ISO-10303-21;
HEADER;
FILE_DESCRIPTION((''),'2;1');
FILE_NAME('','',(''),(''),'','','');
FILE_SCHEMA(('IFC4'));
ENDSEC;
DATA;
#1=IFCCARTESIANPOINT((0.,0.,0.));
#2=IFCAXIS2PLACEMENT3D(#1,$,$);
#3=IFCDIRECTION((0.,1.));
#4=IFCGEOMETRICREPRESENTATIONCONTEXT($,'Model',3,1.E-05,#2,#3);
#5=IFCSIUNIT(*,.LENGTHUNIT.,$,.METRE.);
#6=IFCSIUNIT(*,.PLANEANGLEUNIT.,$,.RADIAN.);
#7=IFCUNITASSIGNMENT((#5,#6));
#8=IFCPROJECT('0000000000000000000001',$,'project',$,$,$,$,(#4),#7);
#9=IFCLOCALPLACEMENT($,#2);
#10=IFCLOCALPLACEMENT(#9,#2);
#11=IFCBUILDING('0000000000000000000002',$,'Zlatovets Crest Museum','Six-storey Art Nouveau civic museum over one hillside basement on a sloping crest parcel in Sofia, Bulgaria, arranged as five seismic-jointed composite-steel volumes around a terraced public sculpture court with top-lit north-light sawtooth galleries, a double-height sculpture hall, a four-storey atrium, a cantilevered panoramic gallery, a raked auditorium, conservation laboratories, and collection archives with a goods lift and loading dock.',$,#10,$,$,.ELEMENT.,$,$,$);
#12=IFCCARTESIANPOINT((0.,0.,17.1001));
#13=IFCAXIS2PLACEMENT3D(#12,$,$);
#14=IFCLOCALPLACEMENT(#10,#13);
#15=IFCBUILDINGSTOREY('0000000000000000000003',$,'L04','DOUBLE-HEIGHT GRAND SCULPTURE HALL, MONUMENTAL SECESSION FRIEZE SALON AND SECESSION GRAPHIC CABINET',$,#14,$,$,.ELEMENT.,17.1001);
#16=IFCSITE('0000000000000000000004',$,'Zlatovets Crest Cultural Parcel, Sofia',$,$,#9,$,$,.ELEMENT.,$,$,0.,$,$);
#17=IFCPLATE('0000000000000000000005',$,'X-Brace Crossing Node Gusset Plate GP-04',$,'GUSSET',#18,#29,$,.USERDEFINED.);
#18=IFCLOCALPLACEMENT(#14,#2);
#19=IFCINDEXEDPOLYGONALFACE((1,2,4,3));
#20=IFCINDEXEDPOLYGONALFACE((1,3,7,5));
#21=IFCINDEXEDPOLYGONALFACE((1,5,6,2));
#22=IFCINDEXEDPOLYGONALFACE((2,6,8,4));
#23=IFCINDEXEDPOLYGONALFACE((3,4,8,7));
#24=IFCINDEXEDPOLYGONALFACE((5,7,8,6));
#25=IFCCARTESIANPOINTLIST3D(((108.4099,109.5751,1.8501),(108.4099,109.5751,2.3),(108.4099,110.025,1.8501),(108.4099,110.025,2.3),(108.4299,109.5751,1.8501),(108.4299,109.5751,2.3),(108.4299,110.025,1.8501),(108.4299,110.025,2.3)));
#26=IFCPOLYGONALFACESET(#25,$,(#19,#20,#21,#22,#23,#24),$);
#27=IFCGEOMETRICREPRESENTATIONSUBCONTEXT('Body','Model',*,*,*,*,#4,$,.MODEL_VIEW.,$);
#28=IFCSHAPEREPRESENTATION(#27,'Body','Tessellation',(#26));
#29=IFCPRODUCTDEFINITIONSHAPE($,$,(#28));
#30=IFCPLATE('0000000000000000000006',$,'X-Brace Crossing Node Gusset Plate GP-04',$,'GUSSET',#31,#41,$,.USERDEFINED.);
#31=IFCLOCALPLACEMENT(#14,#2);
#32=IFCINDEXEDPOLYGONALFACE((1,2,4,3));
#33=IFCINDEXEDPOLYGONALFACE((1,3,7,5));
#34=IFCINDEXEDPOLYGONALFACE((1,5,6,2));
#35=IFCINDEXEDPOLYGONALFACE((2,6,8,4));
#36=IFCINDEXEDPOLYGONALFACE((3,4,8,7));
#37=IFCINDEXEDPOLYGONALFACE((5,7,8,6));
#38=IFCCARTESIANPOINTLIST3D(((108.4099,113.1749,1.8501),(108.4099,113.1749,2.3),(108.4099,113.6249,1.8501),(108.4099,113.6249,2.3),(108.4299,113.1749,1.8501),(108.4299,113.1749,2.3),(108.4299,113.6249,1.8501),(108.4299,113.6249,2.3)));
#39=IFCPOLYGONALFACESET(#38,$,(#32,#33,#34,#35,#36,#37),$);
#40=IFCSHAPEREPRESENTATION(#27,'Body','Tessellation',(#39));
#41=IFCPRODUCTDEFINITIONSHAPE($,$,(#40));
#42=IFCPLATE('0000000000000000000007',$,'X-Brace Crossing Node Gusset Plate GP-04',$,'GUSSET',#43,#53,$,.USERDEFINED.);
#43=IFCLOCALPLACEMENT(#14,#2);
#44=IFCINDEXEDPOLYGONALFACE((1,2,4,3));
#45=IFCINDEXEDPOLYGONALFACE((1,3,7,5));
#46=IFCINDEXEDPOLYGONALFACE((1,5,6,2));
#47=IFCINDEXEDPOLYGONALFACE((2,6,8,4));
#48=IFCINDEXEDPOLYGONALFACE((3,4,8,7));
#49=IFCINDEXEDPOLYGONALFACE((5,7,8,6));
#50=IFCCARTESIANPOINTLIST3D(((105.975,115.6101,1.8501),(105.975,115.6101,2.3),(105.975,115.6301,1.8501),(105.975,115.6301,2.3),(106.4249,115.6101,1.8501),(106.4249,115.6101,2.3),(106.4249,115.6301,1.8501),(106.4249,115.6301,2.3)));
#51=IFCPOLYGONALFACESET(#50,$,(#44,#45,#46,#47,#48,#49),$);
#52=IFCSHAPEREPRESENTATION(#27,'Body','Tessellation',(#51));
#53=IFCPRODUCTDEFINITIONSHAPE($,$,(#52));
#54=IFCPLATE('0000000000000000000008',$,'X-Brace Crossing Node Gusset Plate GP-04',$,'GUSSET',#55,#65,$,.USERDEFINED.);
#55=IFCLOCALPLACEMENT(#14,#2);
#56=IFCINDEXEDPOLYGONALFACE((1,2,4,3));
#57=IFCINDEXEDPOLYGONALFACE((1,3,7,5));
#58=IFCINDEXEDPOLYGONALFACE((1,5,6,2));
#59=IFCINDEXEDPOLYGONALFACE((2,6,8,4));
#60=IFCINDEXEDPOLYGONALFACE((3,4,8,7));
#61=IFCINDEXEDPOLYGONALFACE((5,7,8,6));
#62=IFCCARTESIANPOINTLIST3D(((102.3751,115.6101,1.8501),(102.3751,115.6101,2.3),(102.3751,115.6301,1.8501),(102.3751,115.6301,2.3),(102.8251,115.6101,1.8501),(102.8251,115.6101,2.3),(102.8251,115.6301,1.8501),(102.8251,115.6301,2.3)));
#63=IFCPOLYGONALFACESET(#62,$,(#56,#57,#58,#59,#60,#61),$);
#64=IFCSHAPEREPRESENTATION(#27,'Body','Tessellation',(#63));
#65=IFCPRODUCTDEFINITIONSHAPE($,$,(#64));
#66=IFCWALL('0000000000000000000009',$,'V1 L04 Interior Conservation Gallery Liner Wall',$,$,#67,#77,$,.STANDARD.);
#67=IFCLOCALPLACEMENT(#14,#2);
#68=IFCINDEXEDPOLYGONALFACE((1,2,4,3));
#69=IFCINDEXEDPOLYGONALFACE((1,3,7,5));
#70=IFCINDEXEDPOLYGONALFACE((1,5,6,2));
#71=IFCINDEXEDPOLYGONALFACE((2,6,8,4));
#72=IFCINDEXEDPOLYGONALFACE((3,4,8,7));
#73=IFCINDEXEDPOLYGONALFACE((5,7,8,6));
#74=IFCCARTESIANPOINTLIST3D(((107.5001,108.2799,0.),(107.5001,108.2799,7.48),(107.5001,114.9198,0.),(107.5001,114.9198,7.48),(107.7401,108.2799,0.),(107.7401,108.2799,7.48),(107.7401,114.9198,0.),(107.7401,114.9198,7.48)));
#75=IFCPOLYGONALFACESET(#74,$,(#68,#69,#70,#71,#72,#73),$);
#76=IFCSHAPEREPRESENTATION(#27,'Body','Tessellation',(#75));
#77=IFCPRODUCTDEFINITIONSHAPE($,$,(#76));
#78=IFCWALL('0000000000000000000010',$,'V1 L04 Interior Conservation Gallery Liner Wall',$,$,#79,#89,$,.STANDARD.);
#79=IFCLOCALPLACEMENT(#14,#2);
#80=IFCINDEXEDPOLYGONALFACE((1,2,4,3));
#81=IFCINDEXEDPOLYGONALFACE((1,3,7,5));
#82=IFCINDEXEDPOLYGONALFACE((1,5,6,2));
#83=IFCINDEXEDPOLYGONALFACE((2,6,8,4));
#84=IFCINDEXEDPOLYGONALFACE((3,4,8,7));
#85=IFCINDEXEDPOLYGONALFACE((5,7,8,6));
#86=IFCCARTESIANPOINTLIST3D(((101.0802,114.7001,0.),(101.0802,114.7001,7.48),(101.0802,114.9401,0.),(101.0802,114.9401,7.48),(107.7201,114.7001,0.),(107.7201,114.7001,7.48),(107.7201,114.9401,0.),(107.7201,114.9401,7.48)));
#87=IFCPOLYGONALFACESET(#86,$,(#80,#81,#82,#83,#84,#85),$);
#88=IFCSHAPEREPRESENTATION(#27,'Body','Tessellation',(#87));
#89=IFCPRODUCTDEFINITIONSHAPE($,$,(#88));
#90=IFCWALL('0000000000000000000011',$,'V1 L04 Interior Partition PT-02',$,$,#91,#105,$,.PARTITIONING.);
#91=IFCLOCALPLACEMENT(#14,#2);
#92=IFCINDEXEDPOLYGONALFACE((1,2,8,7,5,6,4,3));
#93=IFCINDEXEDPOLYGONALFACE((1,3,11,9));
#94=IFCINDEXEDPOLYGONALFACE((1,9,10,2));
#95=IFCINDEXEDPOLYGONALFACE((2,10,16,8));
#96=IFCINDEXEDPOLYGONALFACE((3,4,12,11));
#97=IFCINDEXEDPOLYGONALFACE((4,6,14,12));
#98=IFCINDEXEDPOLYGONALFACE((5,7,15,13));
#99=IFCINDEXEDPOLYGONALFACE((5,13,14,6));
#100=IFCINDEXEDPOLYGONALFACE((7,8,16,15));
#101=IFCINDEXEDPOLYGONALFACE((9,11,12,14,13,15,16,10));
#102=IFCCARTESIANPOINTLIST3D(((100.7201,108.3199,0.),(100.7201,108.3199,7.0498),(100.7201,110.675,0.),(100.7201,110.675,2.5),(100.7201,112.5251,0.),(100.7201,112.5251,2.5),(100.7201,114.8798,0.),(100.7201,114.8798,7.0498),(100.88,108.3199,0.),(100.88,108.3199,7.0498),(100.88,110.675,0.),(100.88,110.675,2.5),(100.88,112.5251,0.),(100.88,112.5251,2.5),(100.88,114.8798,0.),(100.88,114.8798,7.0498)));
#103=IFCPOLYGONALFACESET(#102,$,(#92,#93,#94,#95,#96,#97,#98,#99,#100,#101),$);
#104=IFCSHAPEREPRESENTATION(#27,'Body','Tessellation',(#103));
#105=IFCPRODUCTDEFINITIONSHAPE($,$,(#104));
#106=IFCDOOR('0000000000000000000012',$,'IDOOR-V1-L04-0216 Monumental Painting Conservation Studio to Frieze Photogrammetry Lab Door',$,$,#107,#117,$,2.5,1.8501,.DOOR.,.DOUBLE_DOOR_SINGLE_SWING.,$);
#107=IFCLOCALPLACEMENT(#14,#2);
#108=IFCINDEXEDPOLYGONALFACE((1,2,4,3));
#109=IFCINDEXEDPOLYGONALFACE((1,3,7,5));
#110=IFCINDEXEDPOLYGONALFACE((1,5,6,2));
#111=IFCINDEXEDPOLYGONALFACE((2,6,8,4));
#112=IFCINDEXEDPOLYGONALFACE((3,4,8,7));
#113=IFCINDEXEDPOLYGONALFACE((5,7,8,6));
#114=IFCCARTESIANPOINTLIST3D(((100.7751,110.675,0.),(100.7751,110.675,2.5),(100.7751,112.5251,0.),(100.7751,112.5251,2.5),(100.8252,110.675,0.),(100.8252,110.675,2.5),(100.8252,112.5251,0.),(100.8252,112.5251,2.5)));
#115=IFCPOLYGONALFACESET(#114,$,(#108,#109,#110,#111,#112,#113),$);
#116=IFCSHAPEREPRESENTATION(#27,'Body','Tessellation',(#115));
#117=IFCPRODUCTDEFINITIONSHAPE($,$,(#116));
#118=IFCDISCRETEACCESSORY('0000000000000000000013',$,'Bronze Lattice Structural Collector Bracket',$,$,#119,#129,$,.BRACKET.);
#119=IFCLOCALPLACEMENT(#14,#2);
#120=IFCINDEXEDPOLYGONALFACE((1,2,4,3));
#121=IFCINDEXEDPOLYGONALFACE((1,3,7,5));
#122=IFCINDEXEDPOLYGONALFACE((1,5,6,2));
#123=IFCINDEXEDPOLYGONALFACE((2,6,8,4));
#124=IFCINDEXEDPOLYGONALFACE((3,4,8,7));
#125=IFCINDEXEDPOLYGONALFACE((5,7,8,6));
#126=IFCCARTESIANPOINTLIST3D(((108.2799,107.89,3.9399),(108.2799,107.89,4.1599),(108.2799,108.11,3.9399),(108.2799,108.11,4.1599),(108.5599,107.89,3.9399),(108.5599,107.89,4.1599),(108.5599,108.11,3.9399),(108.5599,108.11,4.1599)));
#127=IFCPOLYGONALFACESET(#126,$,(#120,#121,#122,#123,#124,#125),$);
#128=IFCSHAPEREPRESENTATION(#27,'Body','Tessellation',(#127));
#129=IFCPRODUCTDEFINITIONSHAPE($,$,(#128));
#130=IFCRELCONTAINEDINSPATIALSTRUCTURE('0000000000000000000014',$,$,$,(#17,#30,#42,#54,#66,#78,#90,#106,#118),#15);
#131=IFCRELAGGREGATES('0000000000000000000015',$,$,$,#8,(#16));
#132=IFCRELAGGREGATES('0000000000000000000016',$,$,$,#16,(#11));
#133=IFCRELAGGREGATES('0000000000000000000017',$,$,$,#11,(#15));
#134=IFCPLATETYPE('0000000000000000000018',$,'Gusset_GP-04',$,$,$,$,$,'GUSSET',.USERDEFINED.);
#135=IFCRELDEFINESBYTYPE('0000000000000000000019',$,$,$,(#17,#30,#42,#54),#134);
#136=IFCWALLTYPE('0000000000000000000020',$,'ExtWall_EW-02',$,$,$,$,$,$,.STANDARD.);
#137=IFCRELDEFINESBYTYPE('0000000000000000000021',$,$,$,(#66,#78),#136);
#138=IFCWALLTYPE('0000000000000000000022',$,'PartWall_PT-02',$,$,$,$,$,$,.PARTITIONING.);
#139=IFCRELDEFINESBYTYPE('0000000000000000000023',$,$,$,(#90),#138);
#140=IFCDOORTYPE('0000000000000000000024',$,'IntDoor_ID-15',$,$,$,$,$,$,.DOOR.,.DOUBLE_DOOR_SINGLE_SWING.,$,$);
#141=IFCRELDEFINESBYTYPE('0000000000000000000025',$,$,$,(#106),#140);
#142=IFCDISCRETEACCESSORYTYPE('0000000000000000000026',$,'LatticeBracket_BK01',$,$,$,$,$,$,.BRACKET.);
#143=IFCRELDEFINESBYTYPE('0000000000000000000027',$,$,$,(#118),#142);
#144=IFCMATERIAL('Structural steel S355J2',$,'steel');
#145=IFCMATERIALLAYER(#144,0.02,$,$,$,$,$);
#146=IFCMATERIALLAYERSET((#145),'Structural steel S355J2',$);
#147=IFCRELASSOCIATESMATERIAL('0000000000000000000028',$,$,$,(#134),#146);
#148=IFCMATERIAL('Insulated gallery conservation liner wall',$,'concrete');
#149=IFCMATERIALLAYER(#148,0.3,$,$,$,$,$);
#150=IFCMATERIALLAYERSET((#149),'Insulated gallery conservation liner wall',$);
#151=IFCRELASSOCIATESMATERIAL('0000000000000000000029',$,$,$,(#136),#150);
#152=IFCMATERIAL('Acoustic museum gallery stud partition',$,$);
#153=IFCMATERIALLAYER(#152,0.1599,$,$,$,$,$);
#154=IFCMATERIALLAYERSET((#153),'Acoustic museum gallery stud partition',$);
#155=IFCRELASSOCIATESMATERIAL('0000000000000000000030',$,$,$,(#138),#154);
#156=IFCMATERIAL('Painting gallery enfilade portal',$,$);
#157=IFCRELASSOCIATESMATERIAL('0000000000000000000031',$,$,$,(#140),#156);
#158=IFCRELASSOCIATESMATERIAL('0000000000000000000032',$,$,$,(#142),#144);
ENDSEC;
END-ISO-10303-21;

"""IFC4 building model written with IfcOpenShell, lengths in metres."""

from ifc_helpers import new_model, si_unit, direction, frame, frame_2d, origin, origin_2d, place, context, subcontext, project, spatial, rectangle, extrude, material, layer, layer_set, type_object, element, fill, save


model = new_model("IFC4")

# Units and contexts
model_context = context("Model", 3, precision=1e-05, world=origin(), true_north=direction((0.0, 1.0)))
body_context = subcontext(model_context, "Body", "Model", "MODEL_VIEW")
ifc_project = project(units=[si_unit("LENGTHUNIT", "METRE"), si_unit("PLANEANGLEUNIT", "RADIAN")], contexts=[model_context])

# Site, building, storey
site_placement = place(None, origin())
site = spatial("IfcSite", under=ifc_project, at=site_placement, Name="Zlatovets Crest Cultural Parcel, Sofia", CompositionType="ELEMENT", RefElevation=0.0)
building_placement = place(site_placement, origin())
building = spatial("IfcBuilding", under=site, at=building_placement, Name="Zlatovets Crest Museum", Description="Six-storey Art Nouveau civic museum over one hillside basement on a sloping crest parcel in Sofia, Bulgaria, arranged as five seismic-jointed composite-steel volumes around a terraced public sculpture court with top-lit north-light sawtooth galleries, a double-height sculpture hall, a four-storey atrium, a cantilevered panoramic gallery, a raked auditorium, conservation laboratories, and collection archives with a goods lift and loading dock.", CompositionType="ELEMENT")
storey_placement = place(building_placement, frame((0.0, 0.0, 17.1001)))
storey = spatial("IfcBuildingStorey", under=building, at=storey_placement, Name="L04", Description="DOUBLE-HEIGHT GRAND SCULPTURE HALL, MONUMENTAL SECESSION FRIEZE SALON AND SECESSION GRAPHIC CABINET", CompositionType="ELEMENT", Elevation=17.1001)

# Shared definitions
ifc_material_1 = material(Name="Structural steel S355J2", Category="steel")

# Plates
ifc_layer_1 = layer(ifc_material_1, 0.02)
ifc_layer_set_1 = layer_set([ifc_layer_1], Name="Structural steel S355J2")
plate_type_1 = type_object("IfcPlateType", Name="Gusset_GP-04", ElementType="GUSSET", PredefinedType="USERDEFINED", material=ifc_layer_set_1)
for number, where, z_axis, x_axis, name in (
    (1, (108.4199, 109.8, 1.8501), (0.0, 0.0, 1.0), (1.0, 0.0, 0.0), "X-Brace Crossing Node Gusset Plate GP-04"),
    (2, (108.4199, 113.3999, 1.8501), (0.0, 0.0, 1.0), (1.0, 0.0, 0.0), "X-Brace Crossing Node Gusset Plate GP-04"),
):
    element("IfcPlate", number, at=place(storey_placement, frame(where, z_axis=z_axis, x_axis=x_axis)), inside=storey, type_object=plate_type_1, Name=name, ObjectType="GUSSET", PredefinedType="USERDEFINED", context=body_context, shape_type="SweptSolid", body=[
        extrude(rectangle(XDim=0.02, YDim=0.45, at=origin_2d()), origin(), (0.0, 0.0, 1.0), 0.45),
    ])
for number, where, z_axis, x_axis, name in (
    (3, (106.2, 115.6201, 1.8501), (0.0, 0.0, 1.0), (1.0, 0.0, 0.0), "X-Brace Crossing Node Gusset Plate GP-04"),
    (4, (102.6001, 115.6201, 1.8501), (0.0, 0.0, 1.0), (1.0, 0.0, 0.0), "X-Brace Crossing Node Gusset Plate GP-04"),
):
    element("IfcPlate", number, at=place(storey_placement, frame(where, z_axis=z_axis, x_axis=x_axis)), inside=storey, type_object=plate_type_1, Name=name, ObjectType="GUSSET", PredefinedType="USERDEFINED", context=body_context, shape_type="SweptSolid", body=[
        extrude(rectangle(XDim=0.45, YDim=0.02, at=origin_2d()), origin(), (0.0, 0.0, 1.0), 0.45),
    ])

# Walls
ifc_material_2 = material(Name="Insulated gallery conservation liner wall", Category="concrete")
ifc_layer_2 = layer(ifc_material_2, 0.3)
ifc_layer_set_2 = layer_set([ifc_layer_2], Name="Insulated gallery conservation liner wall")
wall_type_1 = type_object("IfcWallType", Name="ExtWall_EW-02", PredefinedType="STANDARD", material=ifc_layer_set_2)
for number, where, z_axis, x_axis, name in (
    (5, (107.6201, 108.28, 0.0), (0.0, 0.0, 1.0), (0.0, 1.0, 0.0), "V1 L04 Interior Conservation Gallery Liner Wall"),
    (6, (107.72, 114.8201, 0.0), (0.0, 0.0, 1.0), (-1.0, 0.0, 0.0), "V1 L04 Interior Conservation Gallery Liner Wall"),
):
    element("IfcWall", number, at=place(storey_placement, frame(where, z_axis=z_axis, x_axis=x_axis)), inside=storey, type_object=wall_type_1, Name=name, PredefinedType="STANDARD", context=body_context, shape_type="SweptSolid", body=[
        extrude(rectangle(XDim=6.6399, YDim=0.24, at=frame_2d((3.3198, 0.0))), origin(), (0.0, 0.0, 1.0), 7.48),
    ])

# Wall, opening, door
ifc_material_3 = material(Name="Acoustic museum gallery stud partition")
ifc_layer_3 = layer(ifc_material_3, 0.1599)
ifc_layer_set_3 = layer_set([ifc_layer_3], Name="Acoustic museum gallery stud partition")
wall_type_2 = type_object("IfcWallType", Name="PartWall_PT-02", PredefinedType="PARTITIONING", material=ifc_layer_set_3)
wall_placement = place(storey_placement, frame((100.8, 108.3201, 0.0), z_axis=(0.0, 0.0, 1.0), x_axis=(0.0, 1.0, 0.0)))
wall = element("IfcWall", 7, at=wall_placement, inside=storey, type_object=wall_type_2, Name="V1 L04 Interior Partition PT-02", PredefinedType="PARTITIONING", context=body_context, shape_type="SweptSolid", body=[
    extrude(rectangle(XDim=6.5598, YDim=0.1599, at=frame_2d((3.2798, 0.0))), origin(), (0.0, 0.0, 1.0), 7.0498),
])
opening_placement = place(wall_placement, frame((2.355, 0.0, 0.0)))
opening = element("IfcOpeningElement", 8, at=opening_placement, cuts=wall, PredefinedType="OPENING", context=body_context, shape_type="SweptSolid", body=[
    extrude(rectangle(XDim=1.8501, YDim=2.5, at=frame_2d((0.925, 1.25))), frame((0.0, 0.0898, 0.0), z_axis=(0.0, -1.0, 0.0), x_axis=(1.0, 0.0, 0.0)), (0.0, 0.0, 1.0), 0.1799),
])
ifc_material_4 = material(Name="Painting gallery enfilade portal")
door_type = type_object("IfcDoorType", Name="IntDoor_ID-15", OperationType="DOUBLE_DOOR_SINGLE_SWING", PredefinedType="DOOR", material=ifc_material_4)
door_placement = place(opening_placement, origin())
door = element("IfcDoor", 9, at=door_placement, inside=storey, type_object=door_type, Name="IDOOR-V1-L04-0216 Monumental Painting Conservation Studio to Frieze Photogrammetry Lab Door", OperationType="DOUBLE_DOOR_SINGLE_SWING", OverallHeight=2.5, OverallWidth=1.8501, PredefinedType="DOOR", context=body_context, shape_type="SweptSolid", body=[
    extrude(rectangle(XDim=1.8501, YDim=2.5, at=frame_2d((0.925, 1.25))), frame((0.0, 0.0249, 0.0), z_axis=(0.0, -1.0, 0.0), x_axis=(1.0, 0.0, 0.0)), (0.0, 0.0, 1.0), 0.05),
])
fill(opening, door)

# Discrete accessory
discrete_accessory_type = type_object("IfcDiscreteAccessoryType", Name="LatticeBracket_BK01", PredefinedType="BRACKET", material=ifc_material_1)
discrete_accessory_placement = place(storey_placement, frame((108.4199, 108.0, 3.9399), z_axis=(0.0, 0.0, 1.0), x_axis=(1.0, 0.0, 0.0)))
element("IfcDiscreteAccessory", 10, at=discrete_accessory_placement, inside=storey, type_object=discrete_accessory_type, Name="Bronze Lattice Structural Collector Bracket", PredefinedType="BRACKET", context=body_context, shape_type="SweptSolid", body=[
    extrude(rectangle(XDim=0.28, YDim=0.22, at=origin_2d()), origin(), (0.0, 0.0, 1.0), 0.22),
])

save(model, "model.ifc")
